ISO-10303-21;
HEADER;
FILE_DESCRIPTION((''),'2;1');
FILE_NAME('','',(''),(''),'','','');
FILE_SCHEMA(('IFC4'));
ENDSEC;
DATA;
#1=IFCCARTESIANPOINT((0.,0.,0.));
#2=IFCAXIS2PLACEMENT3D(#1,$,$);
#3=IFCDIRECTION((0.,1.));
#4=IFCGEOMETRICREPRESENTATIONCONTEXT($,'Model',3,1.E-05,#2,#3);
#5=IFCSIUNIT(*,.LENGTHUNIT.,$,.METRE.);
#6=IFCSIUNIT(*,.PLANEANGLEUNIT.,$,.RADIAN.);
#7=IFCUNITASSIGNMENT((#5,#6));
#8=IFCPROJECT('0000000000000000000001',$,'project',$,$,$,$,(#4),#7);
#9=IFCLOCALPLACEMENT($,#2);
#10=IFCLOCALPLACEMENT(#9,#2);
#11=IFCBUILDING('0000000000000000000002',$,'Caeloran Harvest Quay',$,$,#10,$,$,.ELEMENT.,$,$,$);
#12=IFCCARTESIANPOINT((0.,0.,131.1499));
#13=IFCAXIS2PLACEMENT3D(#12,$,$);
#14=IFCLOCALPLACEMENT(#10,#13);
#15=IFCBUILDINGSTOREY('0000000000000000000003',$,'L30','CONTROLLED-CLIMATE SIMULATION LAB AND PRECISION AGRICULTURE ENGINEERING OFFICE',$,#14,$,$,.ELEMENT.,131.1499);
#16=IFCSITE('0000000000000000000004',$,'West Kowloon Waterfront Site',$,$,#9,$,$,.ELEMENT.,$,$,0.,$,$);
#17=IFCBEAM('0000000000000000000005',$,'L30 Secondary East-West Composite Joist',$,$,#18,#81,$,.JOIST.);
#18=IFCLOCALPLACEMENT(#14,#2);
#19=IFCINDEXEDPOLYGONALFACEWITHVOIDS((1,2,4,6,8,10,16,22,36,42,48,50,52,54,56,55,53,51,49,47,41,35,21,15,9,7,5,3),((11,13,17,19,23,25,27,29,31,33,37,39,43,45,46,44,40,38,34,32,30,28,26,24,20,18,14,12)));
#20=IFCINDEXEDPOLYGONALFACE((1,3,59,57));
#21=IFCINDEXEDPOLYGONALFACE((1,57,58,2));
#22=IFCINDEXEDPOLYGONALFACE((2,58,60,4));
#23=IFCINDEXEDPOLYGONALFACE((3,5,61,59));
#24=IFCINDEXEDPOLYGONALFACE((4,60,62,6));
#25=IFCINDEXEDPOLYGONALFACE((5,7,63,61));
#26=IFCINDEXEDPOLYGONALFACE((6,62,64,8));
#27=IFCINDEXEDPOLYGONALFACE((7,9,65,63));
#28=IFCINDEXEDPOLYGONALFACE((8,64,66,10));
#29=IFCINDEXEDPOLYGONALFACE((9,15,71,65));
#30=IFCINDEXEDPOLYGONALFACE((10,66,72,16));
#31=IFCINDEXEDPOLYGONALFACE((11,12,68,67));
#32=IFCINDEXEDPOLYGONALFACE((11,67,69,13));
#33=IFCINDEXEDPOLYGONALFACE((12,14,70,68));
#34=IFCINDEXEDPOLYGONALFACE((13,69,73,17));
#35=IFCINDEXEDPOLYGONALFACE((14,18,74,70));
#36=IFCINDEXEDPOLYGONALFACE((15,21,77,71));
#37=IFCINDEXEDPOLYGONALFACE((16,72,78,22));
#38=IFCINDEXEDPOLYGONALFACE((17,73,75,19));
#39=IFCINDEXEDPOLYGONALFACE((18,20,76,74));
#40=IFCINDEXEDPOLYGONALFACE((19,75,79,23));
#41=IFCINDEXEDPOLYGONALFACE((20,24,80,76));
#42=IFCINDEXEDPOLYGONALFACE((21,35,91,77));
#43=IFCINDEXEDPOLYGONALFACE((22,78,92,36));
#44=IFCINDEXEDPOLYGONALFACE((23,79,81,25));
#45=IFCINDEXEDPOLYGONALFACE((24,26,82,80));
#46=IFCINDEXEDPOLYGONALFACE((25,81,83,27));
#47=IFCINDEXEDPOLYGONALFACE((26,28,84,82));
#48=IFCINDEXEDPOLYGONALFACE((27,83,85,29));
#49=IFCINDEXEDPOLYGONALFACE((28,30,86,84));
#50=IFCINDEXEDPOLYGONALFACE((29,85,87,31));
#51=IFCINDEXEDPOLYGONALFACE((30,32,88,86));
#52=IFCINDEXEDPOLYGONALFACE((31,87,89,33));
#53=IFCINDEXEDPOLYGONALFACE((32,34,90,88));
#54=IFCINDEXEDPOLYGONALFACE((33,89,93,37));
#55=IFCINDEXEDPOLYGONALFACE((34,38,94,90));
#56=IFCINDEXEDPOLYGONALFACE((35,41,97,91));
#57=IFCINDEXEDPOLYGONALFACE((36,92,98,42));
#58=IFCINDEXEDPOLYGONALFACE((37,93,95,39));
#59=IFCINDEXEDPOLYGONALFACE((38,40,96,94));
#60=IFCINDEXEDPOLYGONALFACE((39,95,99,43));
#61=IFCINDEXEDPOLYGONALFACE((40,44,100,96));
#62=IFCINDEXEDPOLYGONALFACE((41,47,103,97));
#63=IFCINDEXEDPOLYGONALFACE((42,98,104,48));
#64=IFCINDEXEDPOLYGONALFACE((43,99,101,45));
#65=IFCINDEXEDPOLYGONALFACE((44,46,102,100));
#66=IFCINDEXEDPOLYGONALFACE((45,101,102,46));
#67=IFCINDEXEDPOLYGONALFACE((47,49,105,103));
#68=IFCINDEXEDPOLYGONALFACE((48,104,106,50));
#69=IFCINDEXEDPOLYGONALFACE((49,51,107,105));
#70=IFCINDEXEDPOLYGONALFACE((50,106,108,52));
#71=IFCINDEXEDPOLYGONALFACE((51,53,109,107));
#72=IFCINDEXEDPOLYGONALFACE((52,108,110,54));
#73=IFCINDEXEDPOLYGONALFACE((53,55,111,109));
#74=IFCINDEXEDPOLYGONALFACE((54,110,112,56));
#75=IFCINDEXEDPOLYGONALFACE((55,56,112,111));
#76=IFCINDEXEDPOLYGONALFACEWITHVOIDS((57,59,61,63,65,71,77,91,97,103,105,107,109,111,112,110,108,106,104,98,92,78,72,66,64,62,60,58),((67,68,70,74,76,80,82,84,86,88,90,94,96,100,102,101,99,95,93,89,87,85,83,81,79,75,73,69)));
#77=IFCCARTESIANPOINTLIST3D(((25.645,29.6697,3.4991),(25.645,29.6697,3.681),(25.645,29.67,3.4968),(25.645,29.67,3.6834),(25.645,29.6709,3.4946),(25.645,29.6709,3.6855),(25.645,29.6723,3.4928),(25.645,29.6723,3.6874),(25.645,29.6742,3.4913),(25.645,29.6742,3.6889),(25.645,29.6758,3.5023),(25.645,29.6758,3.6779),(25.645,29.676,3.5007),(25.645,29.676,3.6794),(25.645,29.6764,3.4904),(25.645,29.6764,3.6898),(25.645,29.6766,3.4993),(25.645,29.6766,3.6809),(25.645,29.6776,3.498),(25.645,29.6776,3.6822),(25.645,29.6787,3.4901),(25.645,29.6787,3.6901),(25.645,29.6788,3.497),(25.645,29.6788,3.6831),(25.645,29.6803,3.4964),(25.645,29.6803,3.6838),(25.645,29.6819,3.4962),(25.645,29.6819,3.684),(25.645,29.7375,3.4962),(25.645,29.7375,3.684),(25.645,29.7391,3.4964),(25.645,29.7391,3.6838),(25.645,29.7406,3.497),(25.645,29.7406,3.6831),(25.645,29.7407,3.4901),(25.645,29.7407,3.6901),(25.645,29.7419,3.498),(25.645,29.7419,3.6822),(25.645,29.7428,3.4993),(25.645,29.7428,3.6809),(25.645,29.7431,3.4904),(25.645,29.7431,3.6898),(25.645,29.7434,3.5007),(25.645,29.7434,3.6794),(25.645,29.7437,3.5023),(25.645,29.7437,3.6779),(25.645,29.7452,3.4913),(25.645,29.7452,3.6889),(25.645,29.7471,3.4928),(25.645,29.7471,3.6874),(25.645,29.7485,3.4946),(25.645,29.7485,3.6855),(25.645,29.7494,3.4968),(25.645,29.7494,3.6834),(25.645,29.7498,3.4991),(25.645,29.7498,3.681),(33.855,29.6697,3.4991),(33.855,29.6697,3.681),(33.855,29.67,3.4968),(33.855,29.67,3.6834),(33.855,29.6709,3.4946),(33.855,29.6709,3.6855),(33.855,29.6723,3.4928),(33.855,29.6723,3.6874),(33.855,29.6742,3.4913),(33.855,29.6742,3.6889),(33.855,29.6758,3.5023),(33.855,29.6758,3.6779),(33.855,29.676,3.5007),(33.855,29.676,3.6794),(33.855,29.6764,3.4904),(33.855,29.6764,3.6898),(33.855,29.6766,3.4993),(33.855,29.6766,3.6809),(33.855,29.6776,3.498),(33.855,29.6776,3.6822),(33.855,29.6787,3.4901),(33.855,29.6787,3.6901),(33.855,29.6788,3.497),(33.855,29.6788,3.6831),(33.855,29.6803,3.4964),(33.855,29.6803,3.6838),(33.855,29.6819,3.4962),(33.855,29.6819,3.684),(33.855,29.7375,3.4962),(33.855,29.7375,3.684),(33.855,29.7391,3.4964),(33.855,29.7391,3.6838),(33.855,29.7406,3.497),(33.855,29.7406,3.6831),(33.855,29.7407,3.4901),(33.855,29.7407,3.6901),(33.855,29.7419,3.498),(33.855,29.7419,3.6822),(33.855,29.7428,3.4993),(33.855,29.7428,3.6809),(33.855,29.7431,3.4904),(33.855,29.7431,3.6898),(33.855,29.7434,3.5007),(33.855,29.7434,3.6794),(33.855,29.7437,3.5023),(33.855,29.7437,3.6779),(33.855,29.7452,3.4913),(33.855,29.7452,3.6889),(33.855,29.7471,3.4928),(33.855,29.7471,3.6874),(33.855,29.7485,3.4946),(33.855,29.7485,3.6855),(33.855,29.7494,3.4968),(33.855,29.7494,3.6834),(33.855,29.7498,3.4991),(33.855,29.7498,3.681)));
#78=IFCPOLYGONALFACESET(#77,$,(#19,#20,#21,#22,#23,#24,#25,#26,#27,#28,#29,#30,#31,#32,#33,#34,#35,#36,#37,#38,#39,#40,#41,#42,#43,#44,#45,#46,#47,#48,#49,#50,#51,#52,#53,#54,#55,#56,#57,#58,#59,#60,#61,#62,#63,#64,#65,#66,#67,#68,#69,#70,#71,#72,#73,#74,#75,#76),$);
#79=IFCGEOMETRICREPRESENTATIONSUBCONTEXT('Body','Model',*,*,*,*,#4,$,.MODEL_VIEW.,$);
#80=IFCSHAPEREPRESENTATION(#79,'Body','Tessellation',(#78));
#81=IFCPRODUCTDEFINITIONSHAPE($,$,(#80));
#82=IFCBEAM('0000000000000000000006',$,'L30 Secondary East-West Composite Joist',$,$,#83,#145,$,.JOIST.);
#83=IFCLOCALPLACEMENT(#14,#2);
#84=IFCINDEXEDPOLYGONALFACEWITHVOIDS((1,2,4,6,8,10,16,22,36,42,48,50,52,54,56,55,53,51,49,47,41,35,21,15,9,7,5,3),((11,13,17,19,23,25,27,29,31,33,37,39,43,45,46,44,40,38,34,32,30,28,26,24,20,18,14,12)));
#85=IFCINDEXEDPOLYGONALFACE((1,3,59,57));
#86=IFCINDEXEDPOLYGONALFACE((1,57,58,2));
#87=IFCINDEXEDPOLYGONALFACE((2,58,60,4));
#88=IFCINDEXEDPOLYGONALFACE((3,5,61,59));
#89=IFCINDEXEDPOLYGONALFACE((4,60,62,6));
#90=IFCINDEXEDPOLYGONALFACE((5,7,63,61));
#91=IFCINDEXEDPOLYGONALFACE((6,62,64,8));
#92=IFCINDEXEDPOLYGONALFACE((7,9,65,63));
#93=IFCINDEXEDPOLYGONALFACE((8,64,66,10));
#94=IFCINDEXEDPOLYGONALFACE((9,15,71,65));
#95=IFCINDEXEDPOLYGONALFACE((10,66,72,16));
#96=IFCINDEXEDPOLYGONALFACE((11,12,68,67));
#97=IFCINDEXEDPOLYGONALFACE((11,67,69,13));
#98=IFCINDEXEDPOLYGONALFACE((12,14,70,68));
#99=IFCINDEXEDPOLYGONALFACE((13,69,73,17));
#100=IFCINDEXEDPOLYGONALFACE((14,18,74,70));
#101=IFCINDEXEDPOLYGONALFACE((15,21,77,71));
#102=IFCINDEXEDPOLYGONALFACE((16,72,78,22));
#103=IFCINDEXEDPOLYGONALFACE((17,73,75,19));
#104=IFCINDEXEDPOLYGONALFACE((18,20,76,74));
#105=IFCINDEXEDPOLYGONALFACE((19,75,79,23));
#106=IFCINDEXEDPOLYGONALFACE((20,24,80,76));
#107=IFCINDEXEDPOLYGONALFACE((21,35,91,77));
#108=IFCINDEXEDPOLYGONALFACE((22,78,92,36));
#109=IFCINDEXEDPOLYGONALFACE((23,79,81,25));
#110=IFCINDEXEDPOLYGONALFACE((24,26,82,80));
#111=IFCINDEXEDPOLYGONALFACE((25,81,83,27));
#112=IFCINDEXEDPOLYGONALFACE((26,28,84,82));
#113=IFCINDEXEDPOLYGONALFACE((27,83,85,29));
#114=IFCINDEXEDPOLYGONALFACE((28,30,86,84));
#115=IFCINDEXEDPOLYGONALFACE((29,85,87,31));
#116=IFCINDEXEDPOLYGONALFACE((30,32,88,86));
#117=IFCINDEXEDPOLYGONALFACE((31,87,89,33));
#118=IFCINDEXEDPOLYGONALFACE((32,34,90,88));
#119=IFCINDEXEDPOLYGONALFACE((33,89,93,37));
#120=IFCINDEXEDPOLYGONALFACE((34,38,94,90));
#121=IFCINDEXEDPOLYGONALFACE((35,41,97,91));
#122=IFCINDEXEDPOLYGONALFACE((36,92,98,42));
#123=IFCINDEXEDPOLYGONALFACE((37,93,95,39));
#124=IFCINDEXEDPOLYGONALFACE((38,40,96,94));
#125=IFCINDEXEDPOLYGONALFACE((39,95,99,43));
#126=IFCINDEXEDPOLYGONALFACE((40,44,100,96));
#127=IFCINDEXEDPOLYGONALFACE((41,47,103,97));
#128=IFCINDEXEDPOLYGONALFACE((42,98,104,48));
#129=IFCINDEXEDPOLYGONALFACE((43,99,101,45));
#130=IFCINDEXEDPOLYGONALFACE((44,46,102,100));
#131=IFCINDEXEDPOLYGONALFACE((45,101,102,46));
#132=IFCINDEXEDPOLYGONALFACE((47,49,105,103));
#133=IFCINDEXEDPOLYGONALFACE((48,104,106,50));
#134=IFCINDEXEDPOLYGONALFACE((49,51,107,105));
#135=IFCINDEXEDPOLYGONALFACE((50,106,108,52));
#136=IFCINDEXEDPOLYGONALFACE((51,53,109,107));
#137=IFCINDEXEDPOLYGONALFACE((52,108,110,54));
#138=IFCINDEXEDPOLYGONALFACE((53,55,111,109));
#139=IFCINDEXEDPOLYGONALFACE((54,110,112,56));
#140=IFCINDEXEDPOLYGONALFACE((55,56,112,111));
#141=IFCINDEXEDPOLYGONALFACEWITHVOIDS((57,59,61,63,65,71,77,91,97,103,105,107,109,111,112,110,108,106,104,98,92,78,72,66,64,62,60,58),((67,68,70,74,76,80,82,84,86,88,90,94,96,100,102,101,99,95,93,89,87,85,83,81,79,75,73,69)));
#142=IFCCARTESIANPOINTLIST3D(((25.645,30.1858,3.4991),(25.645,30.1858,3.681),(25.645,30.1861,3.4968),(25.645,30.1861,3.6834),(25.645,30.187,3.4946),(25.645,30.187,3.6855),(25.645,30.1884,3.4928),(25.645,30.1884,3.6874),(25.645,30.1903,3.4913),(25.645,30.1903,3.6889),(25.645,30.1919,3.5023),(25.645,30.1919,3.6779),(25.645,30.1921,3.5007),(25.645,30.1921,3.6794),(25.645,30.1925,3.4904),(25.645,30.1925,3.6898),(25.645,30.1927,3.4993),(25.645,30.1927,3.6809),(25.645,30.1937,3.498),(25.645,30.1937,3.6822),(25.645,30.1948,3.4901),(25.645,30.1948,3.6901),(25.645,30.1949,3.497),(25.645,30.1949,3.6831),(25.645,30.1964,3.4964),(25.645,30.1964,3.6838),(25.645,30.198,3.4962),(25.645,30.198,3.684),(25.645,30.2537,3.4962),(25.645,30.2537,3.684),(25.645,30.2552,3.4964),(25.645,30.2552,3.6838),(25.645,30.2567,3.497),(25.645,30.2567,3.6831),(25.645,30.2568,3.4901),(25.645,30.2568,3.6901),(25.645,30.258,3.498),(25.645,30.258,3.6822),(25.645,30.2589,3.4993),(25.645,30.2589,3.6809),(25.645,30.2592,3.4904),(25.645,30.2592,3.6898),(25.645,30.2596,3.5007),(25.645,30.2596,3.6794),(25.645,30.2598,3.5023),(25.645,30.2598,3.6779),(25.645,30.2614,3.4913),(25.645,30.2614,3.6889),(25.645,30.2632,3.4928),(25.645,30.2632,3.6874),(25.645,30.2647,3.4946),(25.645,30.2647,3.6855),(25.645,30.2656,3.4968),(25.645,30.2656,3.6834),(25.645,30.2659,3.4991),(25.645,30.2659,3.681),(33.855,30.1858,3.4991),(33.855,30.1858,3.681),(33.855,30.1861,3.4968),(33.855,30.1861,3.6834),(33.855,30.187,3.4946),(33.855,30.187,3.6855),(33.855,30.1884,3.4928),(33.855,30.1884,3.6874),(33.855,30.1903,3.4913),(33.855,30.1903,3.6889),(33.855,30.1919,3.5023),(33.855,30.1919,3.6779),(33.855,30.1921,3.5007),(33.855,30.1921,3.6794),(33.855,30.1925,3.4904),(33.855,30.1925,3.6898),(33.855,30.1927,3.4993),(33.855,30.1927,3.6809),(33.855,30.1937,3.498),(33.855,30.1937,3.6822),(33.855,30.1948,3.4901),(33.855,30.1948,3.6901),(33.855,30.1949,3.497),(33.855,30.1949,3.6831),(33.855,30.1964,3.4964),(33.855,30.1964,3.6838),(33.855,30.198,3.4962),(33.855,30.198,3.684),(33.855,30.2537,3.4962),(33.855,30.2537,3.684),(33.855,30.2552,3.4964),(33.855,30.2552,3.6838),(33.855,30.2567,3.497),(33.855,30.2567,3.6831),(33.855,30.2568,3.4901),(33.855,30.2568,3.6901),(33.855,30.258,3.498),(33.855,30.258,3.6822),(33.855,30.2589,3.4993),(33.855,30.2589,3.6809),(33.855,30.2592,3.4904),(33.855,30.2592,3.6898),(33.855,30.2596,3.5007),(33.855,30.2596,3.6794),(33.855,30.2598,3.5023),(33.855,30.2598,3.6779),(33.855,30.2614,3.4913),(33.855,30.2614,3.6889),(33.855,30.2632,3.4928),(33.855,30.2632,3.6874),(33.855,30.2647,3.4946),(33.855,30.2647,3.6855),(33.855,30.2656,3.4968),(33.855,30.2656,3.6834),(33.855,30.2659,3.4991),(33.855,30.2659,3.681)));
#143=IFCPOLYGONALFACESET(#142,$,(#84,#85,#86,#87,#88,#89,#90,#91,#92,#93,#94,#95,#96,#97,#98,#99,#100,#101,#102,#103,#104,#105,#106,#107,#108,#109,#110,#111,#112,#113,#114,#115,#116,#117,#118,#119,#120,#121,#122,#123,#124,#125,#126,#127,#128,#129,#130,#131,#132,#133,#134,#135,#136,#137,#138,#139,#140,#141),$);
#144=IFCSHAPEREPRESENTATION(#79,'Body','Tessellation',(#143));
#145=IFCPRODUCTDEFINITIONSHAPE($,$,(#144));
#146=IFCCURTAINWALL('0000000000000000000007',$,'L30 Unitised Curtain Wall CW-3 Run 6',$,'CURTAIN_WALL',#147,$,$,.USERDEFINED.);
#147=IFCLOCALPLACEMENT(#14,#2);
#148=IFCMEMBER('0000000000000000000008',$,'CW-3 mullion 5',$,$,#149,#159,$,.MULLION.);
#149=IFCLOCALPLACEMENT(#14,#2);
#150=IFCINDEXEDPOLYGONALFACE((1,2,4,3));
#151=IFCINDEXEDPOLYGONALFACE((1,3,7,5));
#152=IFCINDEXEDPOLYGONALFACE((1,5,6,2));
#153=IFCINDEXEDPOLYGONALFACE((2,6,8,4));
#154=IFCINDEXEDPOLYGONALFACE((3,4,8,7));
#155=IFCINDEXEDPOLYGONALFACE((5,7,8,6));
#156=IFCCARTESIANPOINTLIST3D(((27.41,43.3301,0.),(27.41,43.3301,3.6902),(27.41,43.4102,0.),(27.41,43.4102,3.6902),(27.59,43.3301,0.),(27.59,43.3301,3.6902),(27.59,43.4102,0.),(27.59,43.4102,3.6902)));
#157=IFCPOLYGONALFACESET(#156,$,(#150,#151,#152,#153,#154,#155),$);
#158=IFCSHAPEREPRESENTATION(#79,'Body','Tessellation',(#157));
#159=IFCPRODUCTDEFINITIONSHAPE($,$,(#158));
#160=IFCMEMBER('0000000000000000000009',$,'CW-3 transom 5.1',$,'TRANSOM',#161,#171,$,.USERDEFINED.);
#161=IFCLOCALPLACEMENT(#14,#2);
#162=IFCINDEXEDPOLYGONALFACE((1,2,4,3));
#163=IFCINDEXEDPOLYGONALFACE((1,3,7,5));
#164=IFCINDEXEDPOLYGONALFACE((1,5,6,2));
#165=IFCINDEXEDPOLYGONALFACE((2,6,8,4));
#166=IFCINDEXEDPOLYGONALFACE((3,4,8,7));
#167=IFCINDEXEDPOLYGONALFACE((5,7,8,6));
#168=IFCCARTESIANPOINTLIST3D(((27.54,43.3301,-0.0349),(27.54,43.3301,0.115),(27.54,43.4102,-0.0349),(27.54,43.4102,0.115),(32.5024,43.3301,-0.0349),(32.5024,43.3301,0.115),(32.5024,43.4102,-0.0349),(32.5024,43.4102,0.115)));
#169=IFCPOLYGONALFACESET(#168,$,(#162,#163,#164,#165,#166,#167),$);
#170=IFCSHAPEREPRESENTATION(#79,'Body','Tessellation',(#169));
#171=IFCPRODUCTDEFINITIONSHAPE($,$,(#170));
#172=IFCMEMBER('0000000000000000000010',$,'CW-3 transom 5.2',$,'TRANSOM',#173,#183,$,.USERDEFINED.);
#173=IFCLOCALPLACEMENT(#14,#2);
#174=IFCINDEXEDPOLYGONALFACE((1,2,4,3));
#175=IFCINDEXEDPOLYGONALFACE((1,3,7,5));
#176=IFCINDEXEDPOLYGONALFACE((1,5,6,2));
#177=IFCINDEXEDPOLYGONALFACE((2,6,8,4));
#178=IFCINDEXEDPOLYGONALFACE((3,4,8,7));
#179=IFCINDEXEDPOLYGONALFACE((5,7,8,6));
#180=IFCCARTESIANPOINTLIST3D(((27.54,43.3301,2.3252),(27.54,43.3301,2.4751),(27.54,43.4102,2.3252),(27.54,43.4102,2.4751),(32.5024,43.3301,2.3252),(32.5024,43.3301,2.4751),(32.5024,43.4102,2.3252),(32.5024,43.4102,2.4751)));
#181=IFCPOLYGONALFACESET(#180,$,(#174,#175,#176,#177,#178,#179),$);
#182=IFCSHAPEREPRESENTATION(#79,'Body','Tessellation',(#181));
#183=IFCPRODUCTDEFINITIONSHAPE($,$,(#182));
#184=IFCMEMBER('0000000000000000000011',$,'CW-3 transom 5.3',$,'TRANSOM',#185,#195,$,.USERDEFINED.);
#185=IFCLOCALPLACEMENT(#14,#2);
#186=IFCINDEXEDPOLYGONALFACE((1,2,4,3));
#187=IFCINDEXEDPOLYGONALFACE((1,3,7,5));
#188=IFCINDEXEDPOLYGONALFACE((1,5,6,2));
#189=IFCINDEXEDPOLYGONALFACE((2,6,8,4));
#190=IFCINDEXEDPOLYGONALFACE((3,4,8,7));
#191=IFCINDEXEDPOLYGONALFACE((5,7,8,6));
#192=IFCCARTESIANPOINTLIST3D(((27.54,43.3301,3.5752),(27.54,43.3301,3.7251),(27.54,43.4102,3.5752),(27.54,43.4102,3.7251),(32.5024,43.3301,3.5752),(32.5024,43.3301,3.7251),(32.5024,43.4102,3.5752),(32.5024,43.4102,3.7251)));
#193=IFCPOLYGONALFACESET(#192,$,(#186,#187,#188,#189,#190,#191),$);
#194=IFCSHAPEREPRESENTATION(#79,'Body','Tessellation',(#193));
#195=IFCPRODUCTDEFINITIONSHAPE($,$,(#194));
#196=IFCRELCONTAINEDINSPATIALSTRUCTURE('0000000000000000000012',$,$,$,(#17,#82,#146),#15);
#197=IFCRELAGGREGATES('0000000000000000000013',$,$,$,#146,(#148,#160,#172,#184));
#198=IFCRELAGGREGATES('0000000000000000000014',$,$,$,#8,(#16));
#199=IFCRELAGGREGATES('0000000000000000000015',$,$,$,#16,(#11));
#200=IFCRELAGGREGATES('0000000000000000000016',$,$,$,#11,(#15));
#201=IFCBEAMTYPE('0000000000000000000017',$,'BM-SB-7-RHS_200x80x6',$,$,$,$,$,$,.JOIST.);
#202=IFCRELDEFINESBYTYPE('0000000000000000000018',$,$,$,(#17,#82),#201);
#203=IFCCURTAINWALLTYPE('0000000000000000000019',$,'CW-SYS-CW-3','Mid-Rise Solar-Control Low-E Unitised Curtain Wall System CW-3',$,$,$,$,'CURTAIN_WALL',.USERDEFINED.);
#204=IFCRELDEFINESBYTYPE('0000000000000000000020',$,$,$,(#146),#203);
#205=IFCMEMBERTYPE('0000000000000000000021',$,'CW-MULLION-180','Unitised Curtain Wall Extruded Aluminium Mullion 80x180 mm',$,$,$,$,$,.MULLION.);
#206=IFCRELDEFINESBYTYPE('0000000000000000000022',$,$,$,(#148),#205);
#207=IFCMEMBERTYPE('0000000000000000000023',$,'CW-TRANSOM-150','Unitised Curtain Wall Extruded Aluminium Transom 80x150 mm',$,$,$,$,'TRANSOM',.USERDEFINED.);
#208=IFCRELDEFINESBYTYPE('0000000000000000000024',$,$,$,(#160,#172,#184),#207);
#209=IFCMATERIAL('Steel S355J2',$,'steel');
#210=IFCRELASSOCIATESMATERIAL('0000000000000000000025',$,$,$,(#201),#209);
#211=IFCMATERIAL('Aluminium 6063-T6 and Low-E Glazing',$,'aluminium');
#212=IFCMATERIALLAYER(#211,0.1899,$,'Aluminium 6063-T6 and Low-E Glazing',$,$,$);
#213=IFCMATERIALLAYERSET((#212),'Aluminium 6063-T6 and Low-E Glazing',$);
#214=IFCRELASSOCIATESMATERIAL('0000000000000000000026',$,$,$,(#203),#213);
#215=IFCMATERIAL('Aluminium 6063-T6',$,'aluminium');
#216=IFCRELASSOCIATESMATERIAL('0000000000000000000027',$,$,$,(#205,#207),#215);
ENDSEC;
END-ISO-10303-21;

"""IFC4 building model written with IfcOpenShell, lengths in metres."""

from ifc_helpers import new_model, si_unit, direction, frame, origin, origin_2d, place, context, subcontext, project, spatial, rectangle, hollow_rectangle, extrude, material, layer, layer_set, material_profile, profile_set, type_object, element, aggregate, save


model = new_model("IFC4")

# Units and contexts
model_context = context("Model", 3, precision=1e-05, world=origin(), true_north=direction((0.0, 1.0)))
body_context = subcontext(model_context, "Body", "Model", "MODEL_VIEW")
ifc_project = project(units=[si_unit("LENGTHUNIT", "METRE"), si_unit("PLANEANGLEUNIT", "RADIAN")], contexts=[model_context])

# Site, building, storey
site_placement = place(None, origin())
site = spatial("IfcSite", under=ifc_project, at=site_placement, Name="West Kowloon Waterfront Site", CompositionType="ELEMENT", RefElevation=0.0)
building_placement = place(site_placement, origin())
building = spatial("IfcBuilding", under=site, at=building_placement, Name="Caeloran Harvest Quay", CompositionType="ELEMENT")
storey_placement = place(building_placement, frame((0.0, 0.0, 131.1499)))
storey = spatial("IfcBuildingStorey", under=building, at=storey_placement, Name="L30", Description="CONTROLLED-CLIMATE SIMULATION LAB AND PRECISION AGRICULTURE ENGINEERING OFFICE", CompositionType="ELEMENT", Elevation=131.1499)

# Beams
ifc_material_1 = material(Name="Steel S355J2", Category="steel")
ifc_material_profile_1 = material_profile(ifc_material_1, hollow_rectangle(XDim=0.0801, YDim=0.2, WallThickness=0.0061, InnerFilletRadius=0.0061, OuterFilletRadius=0.009, at=origin_2d()), Name="RHS 200x80x6")
ifc_profile_set_1 = profile_set([ifc_material_profile_1], Name="Steel S355J2")
beam_type_1 = type_object("IfcBeamType", Name="BM-SB-7-RHS_200x80x6", PredefinedType="JOIST", material=ifc_profile_set_1)
for number, where, z_axis, x_axis, name in (
    (1, (25.645, 29.7097, 3.5901), (1.0, 0.0, 0.0), (0.0, 1.0, 0.0), "L30 Secondary East-West Composite Joist"),
    (2, (25.645, 30.2258, 3.5901), (1.0, 0.0, 0.0), (0.0, 1.0, 0.0), "L30 Secondary East-West Composite Joist"),
):
    element("IfcBeam", number, at=place(storey_placement, frame(where, z_axis=z_axis, x_axis=x_axis)), inside=storey, type_object=beam_type_1, Name=name, PredefinedType="JOIST", context=body_context, shape_type="SweptSolid", body=[
        extrude(hollow_rectangle(XDim=0.0801, YDim=0.2, WallThickness=0.0061, InnerFilletRadius=0.0061, OuterFilletRadius=0.009, at=origin_2d()), origin(), (0.0, 0.0, 1.0), 8.21),
    ])

# Curtain wall, members
ifc_material_2 = material(Name="Aluminium 6063-T6 and Low-E Glazing", Category="aluminium")
ifc_layer_1 = layer(ifc_material_2, 0.1899, Name="Aluminium 6063-T6 and Low-E Glazing")
ifc_layer_set_1 = layer_set([ifc_layer_1], Name="Aluminium 6063-T6 and Low-E Glazing")
curtain_wall_type = type_object("IfcCurtainWallType", Name="CW-SYS-CW-3", Description="Mid-Rise Solar-Control Low-E Unitised Curtain Wall System CW-3", ElementType="CURTAIN_WALL", PredefinedType="USERDEFINED", material=ifc_layer_set_1)
curtain_wall_placement = place(storey_placement, origin())
curtain_wall = element("IfcCurtainWall", 3, at=curtain_wall_placement, inside=storey, type_object=curtain_wall_type, Name="L30 Unitised Curtain Wall CW-3 Run 6", ObjectType="CURTAIN_WALL", PredefinedType="USERDEFINED")
ifc_material_3 = material(Name="Aluminium 6063-T6", Category="aluminium")
ifc_material_profile_2 = material_profile(ifc_material_3, rectangle(XDim=0.0801, YDim=0.1799, at=origin_2d()), Name="CW-MULLION-180")
ifc_profile_set_2 = profile_set([ifc_material_profile_2], Name="Aluminium 6063-T6")
member_type_1 = type_object("IfcMemberType", Name="CW-MULLION-180", Description="Unitised Curtain Wall Extruded Aluminium Mullion 80x180 mm", PredefinedType="MULLION", material=ifc_profile_set_2)
member_1_placement = place(storey_placement, frame((27.5, 43.3701, 0.0), z_axis=(0.0, 0.0, 1.0), x_axis=(0.0, 1.0, 0.0)))
member_1 = element("IfcMember", 4, at=member_1_placement, type_object=member_type_1, Name="CW-3 mullion 5", PredefinedType="MULLION", context=body_context, shape_type="SweptSolid", body=[
    extrude(rectangle(XDim=0.0801, YDim=0.1799, at=origin_2d()), origin(), (0.0, 0.0, 1.0), 3.6902),
])
ifc_material_profile_3 = material_profile(ifc_material_3, rectangle(XDim=0.0801, YDim=0.1499, at=origin_2d()), Name="CW-TRANSOM-150")
ifc_profile_set_3 = profile_set([ifc_material_profile_3], Name="Aluminium 6063-T6")
member_type_2 = type_object("IfcMemberType", Name="CW-TRANSOM-150", Description="Unitised Curtain Wall Extruded Aluminium Transom 80x150 mm", ElementType="TRANSOM", PredefinedType="USERDEFINED", material=ifc_profile_set_3)
member_2_placement = place(storey_placement, frame((27.54, 43.3701, 0.04), z_axis=(1.0, 0.0, 0.0), x_axis=(0.0, 1.0, 0.0)))
member_2 = element("IfcMember", 5, at=member_2_placement, type_object=member_type_2, Name="CW-3 transom 5.1", ObjectType="TRANSOM", PredefinedType="USERDEFINED", context=body_context, shape_type="SweptSolid", body=[
    extrude(rectangle(XDim=0.0801, YDim=0.1499, at=origin_2d()), origin(), (0.0, 0.0, 1.0), 4.9624),
])
member_3_placement = place(storey_placement, frame((27.54, 43.3701, 2.4001), z_axis=(1.0, 0.0, 0.0), x_axis=(0.0, 1.0, 0.0)))
member_3 = element("IfcMember", 6, at=member_3_placement, type_object=member_type_2, Name="CW-3 transom 5.2", ObjectType="TRANSOM", PredefinedType="USERDEFINED", context=body_context, shape_type="SweptSolid", body=[
    extrude(rectangle(XDim=0.0801, YDim=0.1499, at=origin_2d()), origin(), (0.0, 0.0, 1.0), 4.9624),
])
member_4_placement = place(storey_placement, frame((27.54, 43.3701, 3.6501), z_axis=(1.0, 0.0, 0.0), x_axis=(0.0, 1.0, 0.0)))
member_4 = element("IfcMember", 7, at=member_4_placement, type_object=member_type_2, Name="CW-3 transom 5.3", ObjectType="TRANSOM", PredefinedType="USERDEFINED", context=body_context, shape_type="SweptSolid", body=[
    extrude(rectangle(XDim=0.0801, YDim=0.1499, at=origin_2d()), origin(), (0.0, 0.0, 1.0), 4.9624),
])
aggregate(curtain_wall, [member_1, member_2, member_3, member_4])

save(model, "model.ifc")
